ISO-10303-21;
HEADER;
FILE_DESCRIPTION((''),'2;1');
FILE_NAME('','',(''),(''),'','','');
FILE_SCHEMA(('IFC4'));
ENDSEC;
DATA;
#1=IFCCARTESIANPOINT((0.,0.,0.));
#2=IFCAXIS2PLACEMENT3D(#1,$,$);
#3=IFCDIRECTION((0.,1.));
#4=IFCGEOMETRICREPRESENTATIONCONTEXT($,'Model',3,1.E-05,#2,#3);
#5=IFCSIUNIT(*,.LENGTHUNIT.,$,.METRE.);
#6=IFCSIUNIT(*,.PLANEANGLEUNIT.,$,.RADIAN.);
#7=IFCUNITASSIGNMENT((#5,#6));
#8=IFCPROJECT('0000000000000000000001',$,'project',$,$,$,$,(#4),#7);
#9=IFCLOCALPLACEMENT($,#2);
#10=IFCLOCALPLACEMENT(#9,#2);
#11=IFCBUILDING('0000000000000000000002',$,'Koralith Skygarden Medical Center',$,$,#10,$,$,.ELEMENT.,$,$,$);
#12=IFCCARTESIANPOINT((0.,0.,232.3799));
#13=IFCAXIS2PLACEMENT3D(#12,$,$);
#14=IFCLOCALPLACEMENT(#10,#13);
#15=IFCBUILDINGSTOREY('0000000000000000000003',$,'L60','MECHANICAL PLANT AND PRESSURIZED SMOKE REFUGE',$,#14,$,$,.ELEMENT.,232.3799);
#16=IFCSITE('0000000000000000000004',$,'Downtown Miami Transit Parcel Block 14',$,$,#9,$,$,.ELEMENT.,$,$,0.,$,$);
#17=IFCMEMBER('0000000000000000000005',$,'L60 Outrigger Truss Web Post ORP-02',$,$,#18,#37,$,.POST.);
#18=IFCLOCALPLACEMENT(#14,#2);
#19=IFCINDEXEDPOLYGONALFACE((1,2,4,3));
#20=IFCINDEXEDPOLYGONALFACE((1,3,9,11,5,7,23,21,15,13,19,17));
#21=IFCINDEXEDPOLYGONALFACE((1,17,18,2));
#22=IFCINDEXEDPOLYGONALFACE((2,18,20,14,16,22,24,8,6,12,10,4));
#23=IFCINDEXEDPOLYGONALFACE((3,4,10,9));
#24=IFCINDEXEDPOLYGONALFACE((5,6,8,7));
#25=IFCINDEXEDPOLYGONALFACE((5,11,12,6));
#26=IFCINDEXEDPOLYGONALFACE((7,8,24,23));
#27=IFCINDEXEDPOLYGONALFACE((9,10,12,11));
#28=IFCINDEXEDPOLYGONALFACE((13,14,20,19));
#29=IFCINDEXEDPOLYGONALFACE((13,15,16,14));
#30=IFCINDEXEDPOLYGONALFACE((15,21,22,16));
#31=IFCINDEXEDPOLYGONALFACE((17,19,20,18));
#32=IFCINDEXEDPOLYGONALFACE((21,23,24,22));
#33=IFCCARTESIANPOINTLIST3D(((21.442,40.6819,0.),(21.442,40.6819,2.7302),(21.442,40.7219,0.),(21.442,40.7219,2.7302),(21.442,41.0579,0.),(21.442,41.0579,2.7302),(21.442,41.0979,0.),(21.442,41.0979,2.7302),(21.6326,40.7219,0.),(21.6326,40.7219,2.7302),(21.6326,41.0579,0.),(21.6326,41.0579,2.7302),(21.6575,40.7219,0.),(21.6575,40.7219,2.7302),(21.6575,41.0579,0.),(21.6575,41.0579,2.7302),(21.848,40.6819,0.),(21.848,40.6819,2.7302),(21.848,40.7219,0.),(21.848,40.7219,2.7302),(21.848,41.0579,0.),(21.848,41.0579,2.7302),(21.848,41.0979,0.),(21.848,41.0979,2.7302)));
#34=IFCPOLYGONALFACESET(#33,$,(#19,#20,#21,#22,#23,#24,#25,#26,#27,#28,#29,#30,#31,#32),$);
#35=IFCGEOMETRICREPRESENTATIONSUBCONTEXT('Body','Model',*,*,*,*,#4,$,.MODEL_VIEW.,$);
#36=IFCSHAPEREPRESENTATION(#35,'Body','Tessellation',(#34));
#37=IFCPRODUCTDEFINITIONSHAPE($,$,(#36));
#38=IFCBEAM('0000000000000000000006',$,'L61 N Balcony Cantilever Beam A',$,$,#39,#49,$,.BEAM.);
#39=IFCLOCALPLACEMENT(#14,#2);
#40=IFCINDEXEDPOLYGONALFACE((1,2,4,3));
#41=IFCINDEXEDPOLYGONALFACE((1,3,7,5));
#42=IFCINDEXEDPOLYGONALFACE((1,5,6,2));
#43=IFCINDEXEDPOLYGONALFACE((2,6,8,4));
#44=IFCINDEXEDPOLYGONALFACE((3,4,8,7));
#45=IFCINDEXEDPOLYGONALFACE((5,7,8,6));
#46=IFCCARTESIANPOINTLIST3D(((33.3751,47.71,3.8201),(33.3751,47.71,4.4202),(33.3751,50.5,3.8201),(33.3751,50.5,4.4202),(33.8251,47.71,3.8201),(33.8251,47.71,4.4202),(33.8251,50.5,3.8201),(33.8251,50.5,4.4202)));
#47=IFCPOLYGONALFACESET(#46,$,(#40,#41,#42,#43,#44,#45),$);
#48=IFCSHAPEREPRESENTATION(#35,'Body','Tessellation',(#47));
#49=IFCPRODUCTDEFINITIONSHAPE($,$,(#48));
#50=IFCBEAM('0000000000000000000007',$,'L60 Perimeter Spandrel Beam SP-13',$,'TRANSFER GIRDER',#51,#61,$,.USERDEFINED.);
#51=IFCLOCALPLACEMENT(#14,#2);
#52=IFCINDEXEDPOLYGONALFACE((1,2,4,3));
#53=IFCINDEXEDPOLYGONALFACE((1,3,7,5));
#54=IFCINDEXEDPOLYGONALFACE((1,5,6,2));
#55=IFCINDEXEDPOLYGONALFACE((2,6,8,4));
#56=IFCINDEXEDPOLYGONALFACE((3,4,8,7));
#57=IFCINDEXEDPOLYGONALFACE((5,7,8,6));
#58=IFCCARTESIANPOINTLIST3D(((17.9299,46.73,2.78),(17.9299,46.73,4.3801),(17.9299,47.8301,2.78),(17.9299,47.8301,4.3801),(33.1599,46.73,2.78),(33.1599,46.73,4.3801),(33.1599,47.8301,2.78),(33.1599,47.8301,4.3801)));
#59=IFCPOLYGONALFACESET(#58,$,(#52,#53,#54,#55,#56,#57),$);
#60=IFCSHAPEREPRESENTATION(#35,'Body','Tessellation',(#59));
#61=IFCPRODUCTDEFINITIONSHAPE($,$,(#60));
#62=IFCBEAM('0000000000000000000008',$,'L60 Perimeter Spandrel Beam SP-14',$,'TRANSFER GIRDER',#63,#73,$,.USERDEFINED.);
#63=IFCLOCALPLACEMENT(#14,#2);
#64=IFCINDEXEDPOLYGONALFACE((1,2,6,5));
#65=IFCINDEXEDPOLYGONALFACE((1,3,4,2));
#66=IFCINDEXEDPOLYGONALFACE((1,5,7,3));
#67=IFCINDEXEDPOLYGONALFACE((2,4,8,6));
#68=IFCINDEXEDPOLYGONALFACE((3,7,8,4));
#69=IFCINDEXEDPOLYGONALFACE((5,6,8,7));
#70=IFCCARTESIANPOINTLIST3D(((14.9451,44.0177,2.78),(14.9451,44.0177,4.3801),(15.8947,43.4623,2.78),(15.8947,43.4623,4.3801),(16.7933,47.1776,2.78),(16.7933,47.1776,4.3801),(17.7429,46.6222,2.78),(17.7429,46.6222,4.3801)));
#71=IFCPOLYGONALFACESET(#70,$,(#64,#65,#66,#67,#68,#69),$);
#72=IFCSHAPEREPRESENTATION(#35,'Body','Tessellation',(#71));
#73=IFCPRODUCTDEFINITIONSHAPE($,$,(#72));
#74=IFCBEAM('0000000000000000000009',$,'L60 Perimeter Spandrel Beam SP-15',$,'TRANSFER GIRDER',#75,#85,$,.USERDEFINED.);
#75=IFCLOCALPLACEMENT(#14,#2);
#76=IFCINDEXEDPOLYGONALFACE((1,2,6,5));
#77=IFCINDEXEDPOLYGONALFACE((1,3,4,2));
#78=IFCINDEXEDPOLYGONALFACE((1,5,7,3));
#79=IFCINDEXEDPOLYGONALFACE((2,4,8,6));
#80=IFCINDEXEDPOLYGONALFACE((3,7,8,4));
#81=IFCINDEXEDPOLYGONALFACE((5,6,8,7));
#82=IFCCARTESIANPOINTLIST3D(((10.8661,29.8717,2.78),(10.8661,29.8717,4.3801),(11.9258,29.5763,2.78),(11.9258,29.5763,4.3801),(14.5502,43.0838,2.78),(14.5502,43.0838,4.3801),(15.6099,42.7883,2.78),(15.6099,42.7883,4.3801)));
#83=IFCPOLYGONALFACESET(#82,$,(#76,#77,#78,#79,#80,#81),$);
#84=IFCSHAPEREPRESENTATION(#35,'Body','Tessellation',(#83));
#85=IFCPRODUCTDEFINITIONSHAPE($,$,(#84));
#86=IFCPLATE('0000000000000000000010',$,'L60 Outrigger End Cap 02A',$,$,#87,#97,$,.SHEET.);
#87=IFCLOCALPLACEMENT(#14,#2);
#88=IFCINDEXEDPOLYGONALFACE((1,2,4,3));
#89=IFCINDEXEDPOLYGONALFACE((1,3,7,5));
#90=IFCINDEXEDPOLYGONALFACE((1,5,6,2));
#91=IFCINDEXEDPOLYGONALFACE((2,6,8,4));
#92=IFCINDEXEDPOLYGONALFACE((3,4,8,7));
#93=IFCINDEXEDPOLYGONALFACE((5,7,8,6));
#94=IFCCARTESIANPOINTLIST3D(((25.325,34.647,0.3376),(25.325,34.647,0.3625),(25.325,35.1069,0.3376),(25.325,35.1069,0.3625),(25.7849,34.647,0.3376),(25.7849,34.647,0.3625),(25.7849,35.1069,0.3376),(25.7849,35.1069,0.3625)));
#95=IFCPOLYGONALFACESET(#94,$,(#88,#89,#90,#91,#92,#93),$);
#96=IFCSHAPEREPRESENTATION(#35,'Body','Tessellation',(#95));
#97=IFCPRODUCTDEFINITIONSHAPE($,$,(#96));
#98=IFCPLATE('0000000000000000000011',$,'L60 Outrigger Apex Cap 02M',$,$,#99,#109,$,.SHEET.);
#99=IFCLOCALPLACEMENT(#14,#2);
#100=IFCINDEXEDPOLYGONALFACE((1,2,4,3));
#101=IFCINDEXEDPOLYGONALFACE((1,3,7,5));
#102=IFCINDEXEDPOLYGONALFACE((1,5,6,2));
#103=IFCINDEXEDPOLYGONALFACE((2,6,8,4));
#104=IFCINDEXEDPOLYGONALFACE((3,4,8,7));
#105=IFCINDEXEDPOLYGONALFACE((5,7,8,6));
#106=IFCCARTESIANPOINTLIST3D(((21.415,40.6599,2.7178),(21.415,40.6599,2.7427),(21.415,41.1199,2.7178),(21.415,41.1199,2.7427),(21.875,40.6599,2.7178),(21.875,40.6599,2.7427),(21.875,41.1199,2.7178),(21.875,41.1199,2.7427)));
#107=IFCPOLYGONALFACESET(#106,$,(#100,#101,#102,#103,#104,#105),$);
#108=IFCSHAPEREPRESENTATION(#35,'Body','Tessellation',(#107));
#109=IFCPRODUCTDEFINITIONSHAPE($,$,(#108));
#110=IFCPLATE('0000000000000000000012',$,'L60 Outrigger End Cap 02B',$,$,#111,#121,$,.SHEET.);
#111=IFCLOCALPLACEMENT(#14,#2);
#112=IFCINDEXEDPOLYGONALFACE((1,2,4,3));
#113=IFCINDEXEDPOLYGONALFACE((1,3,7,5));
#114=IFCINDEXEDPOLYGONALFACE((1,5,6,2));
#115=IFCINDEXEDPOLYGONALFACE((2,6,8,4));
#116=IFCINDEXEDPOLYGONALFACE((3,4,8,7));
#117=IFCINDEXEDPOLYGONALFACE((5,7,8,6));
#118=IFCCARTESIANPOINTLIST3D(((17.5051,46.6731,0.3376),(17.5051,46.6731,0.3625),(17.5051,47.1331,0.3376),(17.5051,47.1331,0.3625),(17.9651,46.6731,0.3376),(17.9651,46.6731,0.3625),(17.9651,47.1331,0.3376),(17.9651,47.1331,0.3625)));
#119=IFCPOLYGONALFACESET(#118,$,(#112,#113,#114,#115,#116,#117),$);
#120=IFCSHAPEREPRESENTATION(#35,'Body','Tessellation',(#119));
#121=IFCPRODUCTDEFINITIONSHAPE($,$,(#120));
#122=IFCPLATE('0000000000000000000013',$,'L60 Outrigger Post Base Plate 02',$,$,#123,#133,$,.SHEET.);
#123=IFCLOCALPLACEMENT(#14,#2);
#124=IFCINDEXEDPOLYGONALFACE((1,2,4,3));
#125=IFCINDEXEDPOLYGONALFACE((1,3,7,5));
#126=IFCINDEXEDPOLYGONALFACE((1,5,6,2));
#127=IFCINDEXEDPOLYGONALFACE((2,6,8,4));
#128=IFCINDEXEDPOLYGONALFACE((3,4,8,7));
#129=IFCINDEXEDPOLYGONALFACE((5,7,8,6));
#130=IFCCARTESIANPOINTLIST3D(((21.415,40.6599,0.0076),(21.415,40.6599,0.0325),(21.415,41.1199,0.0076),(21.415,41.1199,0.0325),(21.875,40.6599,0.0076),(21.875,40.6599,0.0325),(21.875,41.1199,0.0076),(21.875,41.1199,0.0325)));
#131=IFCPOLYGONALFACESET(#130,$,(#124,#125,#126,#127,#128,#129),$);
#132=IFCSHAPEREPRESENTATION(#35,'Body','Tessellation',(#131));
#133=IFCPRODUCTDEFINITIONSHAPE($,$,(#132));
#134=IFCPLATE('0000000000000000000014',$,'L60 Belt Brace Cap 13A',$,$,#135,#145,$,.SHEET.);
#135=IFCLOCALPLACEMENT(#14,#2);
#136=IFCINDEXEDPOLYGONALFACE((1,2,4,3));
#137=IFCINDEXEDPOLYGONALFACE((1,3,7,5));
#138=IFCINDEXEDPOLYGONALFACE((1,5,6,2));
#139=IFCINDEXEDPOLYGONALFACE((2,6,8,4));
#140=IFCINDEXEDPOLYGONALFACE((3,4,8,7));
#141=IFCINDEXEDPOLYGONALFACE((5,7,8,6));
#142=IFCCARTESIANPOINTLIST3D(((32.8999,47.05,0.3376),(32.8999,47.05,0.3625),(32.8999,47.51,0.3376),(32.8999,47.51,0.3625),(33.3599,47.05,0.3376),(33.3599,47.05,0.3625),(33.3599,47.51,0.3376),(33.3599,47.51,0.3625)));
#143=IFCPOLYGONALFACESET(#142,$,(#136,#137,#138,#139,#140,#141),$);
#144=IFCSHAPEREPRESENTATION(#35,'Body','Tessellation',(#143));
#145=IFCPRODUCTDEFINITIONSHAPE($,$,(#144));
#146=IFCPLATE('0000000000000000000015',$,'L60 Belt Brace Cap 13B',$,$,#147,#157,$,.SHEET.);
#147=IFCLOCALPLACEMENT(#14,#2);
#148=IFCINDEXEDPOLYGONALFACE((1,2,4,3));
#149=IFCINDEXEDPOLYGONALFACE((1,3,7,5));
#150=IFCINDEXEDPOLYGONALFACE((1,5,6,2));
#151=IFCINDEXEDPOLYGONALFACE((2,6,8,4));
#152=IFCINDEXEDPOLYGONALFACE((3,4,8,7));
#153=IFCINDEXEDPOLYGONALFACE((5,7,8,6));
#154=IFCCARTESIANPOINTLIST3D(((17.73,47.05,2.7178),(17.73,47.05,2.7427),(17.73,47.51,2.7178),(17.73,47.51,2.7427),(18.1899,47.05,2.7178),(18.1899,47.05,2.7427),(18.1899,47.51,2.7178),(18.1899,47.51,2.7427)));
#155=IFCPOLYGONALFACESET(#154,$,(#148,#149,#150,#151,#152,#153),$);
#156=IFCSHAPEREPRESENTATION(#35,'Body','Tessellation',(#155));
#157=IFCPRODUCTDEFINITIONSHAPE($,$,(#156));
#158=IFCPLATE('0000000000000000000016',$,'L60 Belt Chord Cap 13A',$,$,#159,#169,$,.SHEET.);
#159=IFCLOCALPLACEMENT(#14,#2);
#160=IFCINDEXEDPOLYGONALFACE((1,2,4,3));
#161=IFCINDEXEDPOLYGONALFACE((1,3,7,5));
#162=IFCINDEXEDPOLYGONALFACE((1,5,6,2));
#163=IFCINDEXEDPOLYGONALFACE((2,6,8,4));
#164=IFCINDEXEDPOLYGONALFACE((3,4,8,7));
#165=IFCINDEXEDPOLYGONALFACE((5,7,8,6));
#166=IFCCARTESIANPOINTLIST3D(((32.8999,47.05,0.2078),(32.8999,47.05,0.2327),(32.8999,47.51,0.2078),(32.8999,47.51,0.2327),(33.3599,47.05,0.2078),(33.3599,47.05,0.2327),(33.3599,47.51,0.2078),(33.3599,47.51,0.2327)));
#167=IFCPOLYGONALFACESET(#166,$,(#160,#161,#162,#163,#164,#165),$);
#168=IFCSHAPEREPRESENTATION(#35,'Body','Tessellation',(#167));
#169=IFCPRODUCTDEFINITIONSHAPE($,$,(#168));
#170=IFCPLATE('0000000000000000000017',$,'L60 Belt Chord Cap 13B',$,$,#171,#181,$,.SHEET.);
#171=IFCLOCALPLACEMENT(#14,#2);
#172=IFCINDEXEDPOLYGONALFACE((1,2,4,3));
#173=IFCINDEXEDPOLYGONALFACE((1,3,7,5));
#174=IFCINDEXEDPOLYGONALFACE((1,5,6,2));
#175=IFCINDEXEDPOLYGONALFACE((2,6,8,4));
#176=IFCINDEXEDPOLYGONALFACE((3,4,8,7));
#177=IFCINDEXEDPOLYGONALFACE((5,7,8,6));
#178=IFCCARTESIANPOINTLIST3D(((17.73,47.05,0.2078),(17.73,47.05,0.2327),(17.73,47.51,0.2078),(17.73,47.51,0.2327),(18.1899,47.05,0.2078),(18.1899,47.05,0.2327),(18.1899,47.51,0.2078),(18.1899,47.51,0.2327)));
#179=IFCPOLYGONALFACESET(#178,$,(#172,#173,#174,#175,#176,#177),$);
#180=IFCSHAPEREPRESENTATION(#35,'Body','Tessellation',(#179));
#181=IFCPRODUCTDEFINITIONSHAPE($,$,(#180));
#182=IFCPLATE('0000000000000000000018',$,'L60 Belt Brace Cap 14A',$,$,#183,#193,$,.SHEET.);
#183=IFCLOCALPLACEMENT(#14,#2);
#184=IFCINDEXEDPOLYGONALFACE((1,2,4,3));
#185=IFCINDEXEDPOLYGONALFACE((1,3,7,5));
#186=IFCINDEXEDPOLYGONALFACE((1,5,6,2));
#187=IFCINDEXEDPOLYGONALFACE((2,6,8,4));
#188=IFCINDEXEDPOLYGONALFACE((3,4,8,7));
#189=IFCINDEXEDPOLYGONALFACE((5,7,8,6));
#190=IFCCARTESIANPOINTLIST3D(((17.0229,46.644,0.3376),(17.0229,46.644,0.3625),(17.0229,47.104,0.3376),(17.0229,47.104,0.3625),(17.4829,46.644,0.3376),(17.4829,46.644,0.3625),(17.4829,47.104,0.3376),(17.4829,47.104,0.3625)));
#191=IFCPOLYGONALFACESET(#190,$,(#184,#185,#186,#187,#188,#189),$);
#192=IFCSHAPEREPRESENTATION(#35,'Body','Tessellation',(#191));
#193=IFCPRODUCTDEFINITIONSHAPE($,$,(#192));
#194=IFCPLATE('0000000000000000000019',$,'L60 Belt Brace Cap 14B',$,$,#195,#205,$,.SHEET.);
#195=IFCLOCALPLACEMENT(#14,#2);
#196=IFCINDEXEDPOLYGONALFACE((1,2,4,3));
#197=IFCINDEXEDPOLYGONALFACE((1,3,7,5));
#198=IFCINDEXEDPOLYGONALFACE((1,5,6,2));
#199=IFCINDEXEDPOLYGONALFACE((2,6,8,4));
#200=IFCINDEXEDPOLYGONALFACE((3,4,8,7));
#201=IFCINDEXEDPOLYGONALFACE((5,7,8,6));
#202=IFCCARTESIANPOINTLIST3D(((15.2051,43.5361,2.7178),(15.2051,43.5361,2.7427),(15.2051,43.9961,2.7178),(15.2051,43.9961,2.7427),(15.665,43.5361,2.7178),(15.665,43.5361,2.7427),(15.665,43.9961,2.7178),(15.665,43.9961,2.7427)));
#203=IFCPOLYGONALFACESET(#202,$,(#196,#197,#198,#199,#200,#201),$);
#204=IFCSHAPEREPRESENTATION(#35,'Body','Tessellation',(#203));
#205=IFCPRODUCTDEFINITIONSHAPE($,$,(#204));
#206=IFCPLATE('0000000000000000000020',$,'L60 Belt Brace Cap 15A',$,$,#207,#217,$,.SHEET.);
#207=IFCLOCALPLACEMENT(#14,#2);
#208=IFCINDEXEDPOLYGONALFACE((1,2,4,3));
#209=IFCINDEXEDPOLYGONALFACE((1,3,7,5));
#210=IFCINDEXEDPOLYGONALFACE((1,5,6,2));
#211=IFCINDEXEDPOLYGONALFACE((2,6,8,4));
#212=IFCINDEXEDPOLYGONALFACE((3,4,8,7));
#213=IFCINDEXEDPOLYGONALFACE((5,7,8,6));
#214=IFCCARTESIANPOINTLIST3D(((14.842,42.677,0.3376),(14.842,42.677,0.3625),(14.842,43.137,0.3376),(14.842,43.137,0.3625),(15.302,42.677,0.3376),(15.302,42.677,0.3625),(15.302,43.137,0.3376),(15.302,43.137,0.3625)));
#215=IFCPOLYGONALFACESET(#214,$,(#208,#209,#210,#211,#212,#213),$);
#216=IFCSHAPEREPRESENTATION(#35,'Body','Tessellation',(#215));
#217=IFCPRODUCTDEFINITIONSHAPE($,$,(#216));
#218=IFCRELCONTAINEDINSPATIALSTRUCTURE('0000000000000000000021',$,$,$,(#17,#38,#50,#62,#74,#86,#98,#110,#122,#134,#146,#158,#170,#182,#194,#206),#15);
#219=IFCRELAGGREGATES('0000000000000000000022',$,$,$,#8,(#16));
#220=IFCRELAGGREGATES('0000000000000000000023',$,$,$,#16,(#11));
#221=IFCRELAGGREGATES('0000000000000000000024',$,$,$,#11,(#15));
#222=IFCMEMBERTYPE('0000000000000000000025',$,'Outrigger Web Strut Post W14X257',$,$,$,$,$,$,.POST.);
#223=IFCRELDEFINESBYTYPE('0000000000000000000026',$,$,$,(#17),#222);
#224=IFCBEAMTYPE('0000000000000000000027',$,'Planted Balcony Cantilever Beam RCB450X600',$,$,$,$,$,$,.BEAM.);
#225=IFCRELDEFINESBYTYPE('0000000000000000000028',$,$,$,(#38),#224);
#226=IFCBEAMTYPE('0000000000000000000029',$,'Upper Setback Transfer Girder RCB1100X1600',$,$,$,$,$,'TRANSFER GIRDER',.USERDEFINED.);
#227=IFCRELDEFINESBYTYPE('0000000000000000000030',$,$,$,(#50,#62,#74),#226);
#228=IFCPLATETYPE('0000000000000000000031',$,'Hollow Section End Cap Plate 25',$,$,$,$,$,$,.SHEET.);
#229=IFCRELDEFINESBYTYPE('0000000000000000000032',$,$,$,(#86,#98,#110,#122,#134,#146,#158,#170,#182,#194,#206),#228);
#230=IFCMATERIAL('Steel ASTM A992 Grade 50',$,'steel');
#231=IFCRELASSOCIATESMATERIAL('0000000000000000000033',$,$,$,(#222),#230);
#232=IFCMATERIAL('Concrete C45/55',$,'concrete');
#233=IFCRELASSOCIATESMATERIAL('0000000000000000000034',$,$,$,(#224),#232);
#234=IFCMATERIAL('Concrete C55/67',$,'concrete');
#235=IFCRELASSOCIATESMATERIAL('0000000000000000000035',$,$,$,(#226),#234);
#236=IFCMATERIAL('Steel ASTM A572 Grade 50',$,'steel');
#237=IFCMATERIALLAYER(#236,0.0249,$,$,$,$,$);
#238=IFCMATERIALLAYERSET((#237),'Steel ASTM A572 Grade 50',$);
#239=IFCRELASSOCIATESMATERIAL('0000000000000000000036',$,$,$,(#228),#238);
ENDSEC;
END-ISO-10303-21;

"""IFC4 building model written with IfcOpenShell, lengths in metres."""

from ifc_helpers import new_model, si_unit, direction, frame, origin, origin_2d, place, context, subcontext, project, spatial, rectangle, i_section, extrude, material, layer, layer_set, material_profile, profile_set, type_object, element, save


model = new_model("IFC4")

# Units and contexts
model_context = context("Model", 3, precision=1e-05, world=origin(), true_north=direction((0.0, 1.0)))
body_context = subcontext(model_context, "Body", "Model", "MODEL_VIEW")
ifc_project = project(units=[si_unit("LENGTHUNIT", "METRE"), si_unit("PLANEANGLEUNIT", "RADIAN")], contexts=[model_context])

# Site, building, storey
site_placement = place(None, origin())
site = spatial("IfcSite", under=ifc_project, at=site_placement, Name="Downtown Miami Transit Parcel Block 14", CompositionType="ELEMENT", RefElevation=0.0)
building_placement = place(site_placement, origin())
building = spatial("IfcBuilding", under=site, at=building_placement, Name="Koralith Skygarden Medical Center", CompositionType="ELEMENT")
storey_placement = place(building_placement, frame((0.0, 0.0, 232.3799)))
storey = spatial("IfcBuildingStorey", under=building, at=storey_placement, Name="L60", Description="MECHANICAL PLANT AND PRESSURIZED SMOKE REFUGE", CompositionType="ELEMENT", Elevation=232.3799)

# Shared definitions
ifc_material_1 = material(Name="Concrete C55/67", Category="concrete")

# Shared definitions
ifc_material_2 = material(Name="Steel ASTM A992 Grade 50", Category="steel")

# Member
ifc_material_profile_1 = material_profile(ifc_material_2, i_section(OverallWidth=0.406, OverallDepth=0.416, WebThickness=0.0249, FlangeThickness=0.04, at=origin_2d()), Name="W14X257")
ifc_profile_set_1 = profile_set([ifc_material_profile_1], Name="Steel ASTM A992 Grade 50")
member_type_1 = type_object("IfcMemberType", Name="Outrigger Web Strut Post W14X257", PredefinedType="POST", material=ifc_profile_set_1)
member_1_placement = place(storey_placement, frame((21.645, 40.8899, 0.0), z_axis=(0.0, 0.0, 1.0), x_axis=(1.0, 0.0, 0.0)))
element("IfcMember", 1, at=member_1_placement, inside=storey, type_object=member_type_1, Name="L60 Outrigger Truss Web Post ORP-02", PredefinedType="POST", context=body_context, shape_type="SweptSolid", body=[
    extrude(i_section(OverallWidth=0.406, OverallDepth=0.416, WebThickness=0.0249, FlangeThickness=0.04, at=origin_2d()), origin(), (0.0, 0.0, 1.0), 2.7302),
])

# Beams
ifc_material_3 = material(Name="Concrete C45/55", Category="concrete")
ifc_material_profile_2 = material_profile(ifc_material_3, rectangle(XDim=0.45, YDim=0.6001, at=origin_2d()), Name="RCB450X600")
ifc_profile_set_2 = profile_set([ifc_material_profile_2], Name="Concrete C45/55")
beam_type_1 = type_object("IfcBeamType", Name="Planted Balcony Cantilever Beam RCB450X600", PredefinedType="BEAM", material=ifc_profile_set_2)
beam_1_placement = place(storey_placement, frame((33.6001, 47.71, 4.1201), z_axis=(0.0, 1.0, 0.0), x_axis=(-1.0, 0.0, 0.0)))
element("IfcBeam", 2, at=beam_1_placement, inside=storey, type_object=beam_type_1, Name="L61 N Balcony Cantilever Beam A", PredefinedType="BEAM", context=body_context, shape_type="SweptSolid", body=[
    extrude(rectangle(XDim=0.45, YDim=0.6001, at=origin_2d()), origin(), (0.0, 0.0, 1.0), 2.79),
])
ifc_material_profile_3 = material_profile(ifc_material_1, rectangle(XDim=1.1001, YDim=1.6001, at=origin_2d()), Name="RCB1100X1600")
ifc_profile_set_3 = profile_set([ifc_material_profile_3], Name="Concrete C55/67")
beam_type_2 = type_object("IfcBeamType", Name="Upper Setback Transfer Girder RCB1100X1600", ElementType="TRANSFER GIRDER", PredefinedType="USERDEFINED", material=ifc_profile_set_3)
beam_2_placement = place(storey_placement, frame((33.1599, 47.28, 3.5801), z_axis=(-1.0, 0.0, 0.0), x_axis=(0.0, -1.0, 0.0)))
element("IfcBeam", 3, at=beam_2_placement, inside=storey, type_object=beam_type_2, Name="L60 Perimeter Spandrel Beam SP-13", ObjectType="TRANSFER GIRDER", PredefinedType="USERDEFINED", context=body_context, shape_type="SweptSolid", body=[
    extrude(rectangle(XDim=1.1001, YDim=1.6001, at=origin_2d()), origin(), (0.0, 0.0, 1.0), 15.23),
])
beam_3_placement = place(storey_placement, frame((17.2681, 46.8999, 3.5801), z_axis=(-0.504862, -0.8632, 0.0), x_axis=(0.8632, -0.504862, 0.0)))
element("IfcBeam", 4, at=beam_3_placement, inside=storey, type_object=beam_type_2, Name="L60 Perimeter Spandrel Beam SP-14", ObjectType="TRANSFER GIRDER", PredefinedType="USERDEFINED", context=body_context, shape_type="SweptSolid", body=[
    extrude(rectangle(XDim=1.1001, YDim=1.6001, at=origin_2d()), origin(), (0.0, 0.0, 1.0), 3.6606),
])
beam_4_placement = place(storey_placement, frame((15.0801, 42.936, 3.5801), z_axis=(-0.268598, -0.963252, 0.0), x_axis=(0.963252, -0.268598, 0.0)))
element("IfcBeam", 5, at=beam_4_placement, inside=storey, type_object=beam_type_2, Name="L60 Perimeter Spandrel Beam SP-15", ObjectType="TRANSFER GIRDER", PredefinedType="USERDEFINED", context=body_context, shape_type="SweptSolid", body=[
    extrude(rectangle(XDim=1.1001, YDim=1.6001, at=origin_2d()), origin(), (0.0, 0.0, 1.0), 13.7161),
])

# Plates
ifc_material_4 = material(Name="Steel ASTM A572 Grade 50", Category="steel")
ifc_layer_1 = layer(ifc_material_4, 0.0249)
ifc_layer_set_1 = layer_set([ifc_layer_1], Name="Steel ASTM A572 Grade 50")
plate_type_1 = type_object("IfcPlateType", Name="Hollow Section End Cap Plate 25", PredefinedType="SHEET", material=ifc_layer_set_1)
for number, where, z_axis, x_axis, name in (
    (6, (25.5549, 34.877, 0.3376), (0.0, 0.0, 1.0), (1.0, 0.0, 0.0), "L60 Outrigger End Cap 02A"),
    (7, (21.645, 40.8899, 2.7178), (0.0, 0.0, 1.0), (1.0, 0.0, 0.0), "L60 Outrigger Apex Cap 02M"),
    (8, (17.7351, 46.9031, 0.3376), (0.0, 0.0, 1.0), (1.0, 0.0, 0.0), "L60 Outrigger End Cap 02B"),
    (9, (21.645, 40.8899, 0.0076), (0.0, 0.0, 1.0), (1.0, 0.0, 0.0), "L60 Outrigger Post Base Plate 02"),
    (10, (33.1299, 47.28, 0.3376), (0.0, 0.0, 1.0), (1.0, 0.0, 0.0), "L60 Belt Brace Cap 13A"),
    (11, (17.96, 47.28, 2.7178), (0.0, 0.0, 1.0), (1.0, 0.0, 0.0), "L60 Belt Brace Cap 13B"),
    (12, (33.1299, 47.28, 0.2078), (0.0, 0.0, 1.0), (1.0, 0.0, 0.0), "L60 Belt Chord Cap 13A"),
    (13, (17.96, 47.28, 0.2078), (0.0, 0.0, 1.0), (1.0, 0.0, 0.0), "L60 Belt Chord Cap 13B"),
    (14, (17.2529, 46.874, 0.3376), (0.0, 0.0, 1.0), (1.0, 0.0, 0.0), "L60 Belt Brace Cap 14A"),
    (15, (15.4351, 43.7661, 2.7178), (0.0, 0.0, 1.0), (1.0, 0.0, 0.0), "L60 Belt Brace Cap 14B"),
    (16, (15.072, 42.907, 0.3376), (0.0, 0.0, 1.0), (1.0, 0.0, 0.0), "L60 Belt Brace Cap 15A"),
):
    element("IfcPlate", number, at=place(storey_placement, frame(where, z_axis=z_axis, x_axis=x_axis)), inside=storey, type_object=plate_type_1, Name=name, PredefinedType="SHEET", context=body_context, shape_type="SweptSolid", body=[
        extrude(rectangle(XDim=0.46, YDim=0.46, at=origin_2d()), origin(), (0.0, 0.0, 1.0), 0.0249),
    ])

save(model, "model.ifc")
